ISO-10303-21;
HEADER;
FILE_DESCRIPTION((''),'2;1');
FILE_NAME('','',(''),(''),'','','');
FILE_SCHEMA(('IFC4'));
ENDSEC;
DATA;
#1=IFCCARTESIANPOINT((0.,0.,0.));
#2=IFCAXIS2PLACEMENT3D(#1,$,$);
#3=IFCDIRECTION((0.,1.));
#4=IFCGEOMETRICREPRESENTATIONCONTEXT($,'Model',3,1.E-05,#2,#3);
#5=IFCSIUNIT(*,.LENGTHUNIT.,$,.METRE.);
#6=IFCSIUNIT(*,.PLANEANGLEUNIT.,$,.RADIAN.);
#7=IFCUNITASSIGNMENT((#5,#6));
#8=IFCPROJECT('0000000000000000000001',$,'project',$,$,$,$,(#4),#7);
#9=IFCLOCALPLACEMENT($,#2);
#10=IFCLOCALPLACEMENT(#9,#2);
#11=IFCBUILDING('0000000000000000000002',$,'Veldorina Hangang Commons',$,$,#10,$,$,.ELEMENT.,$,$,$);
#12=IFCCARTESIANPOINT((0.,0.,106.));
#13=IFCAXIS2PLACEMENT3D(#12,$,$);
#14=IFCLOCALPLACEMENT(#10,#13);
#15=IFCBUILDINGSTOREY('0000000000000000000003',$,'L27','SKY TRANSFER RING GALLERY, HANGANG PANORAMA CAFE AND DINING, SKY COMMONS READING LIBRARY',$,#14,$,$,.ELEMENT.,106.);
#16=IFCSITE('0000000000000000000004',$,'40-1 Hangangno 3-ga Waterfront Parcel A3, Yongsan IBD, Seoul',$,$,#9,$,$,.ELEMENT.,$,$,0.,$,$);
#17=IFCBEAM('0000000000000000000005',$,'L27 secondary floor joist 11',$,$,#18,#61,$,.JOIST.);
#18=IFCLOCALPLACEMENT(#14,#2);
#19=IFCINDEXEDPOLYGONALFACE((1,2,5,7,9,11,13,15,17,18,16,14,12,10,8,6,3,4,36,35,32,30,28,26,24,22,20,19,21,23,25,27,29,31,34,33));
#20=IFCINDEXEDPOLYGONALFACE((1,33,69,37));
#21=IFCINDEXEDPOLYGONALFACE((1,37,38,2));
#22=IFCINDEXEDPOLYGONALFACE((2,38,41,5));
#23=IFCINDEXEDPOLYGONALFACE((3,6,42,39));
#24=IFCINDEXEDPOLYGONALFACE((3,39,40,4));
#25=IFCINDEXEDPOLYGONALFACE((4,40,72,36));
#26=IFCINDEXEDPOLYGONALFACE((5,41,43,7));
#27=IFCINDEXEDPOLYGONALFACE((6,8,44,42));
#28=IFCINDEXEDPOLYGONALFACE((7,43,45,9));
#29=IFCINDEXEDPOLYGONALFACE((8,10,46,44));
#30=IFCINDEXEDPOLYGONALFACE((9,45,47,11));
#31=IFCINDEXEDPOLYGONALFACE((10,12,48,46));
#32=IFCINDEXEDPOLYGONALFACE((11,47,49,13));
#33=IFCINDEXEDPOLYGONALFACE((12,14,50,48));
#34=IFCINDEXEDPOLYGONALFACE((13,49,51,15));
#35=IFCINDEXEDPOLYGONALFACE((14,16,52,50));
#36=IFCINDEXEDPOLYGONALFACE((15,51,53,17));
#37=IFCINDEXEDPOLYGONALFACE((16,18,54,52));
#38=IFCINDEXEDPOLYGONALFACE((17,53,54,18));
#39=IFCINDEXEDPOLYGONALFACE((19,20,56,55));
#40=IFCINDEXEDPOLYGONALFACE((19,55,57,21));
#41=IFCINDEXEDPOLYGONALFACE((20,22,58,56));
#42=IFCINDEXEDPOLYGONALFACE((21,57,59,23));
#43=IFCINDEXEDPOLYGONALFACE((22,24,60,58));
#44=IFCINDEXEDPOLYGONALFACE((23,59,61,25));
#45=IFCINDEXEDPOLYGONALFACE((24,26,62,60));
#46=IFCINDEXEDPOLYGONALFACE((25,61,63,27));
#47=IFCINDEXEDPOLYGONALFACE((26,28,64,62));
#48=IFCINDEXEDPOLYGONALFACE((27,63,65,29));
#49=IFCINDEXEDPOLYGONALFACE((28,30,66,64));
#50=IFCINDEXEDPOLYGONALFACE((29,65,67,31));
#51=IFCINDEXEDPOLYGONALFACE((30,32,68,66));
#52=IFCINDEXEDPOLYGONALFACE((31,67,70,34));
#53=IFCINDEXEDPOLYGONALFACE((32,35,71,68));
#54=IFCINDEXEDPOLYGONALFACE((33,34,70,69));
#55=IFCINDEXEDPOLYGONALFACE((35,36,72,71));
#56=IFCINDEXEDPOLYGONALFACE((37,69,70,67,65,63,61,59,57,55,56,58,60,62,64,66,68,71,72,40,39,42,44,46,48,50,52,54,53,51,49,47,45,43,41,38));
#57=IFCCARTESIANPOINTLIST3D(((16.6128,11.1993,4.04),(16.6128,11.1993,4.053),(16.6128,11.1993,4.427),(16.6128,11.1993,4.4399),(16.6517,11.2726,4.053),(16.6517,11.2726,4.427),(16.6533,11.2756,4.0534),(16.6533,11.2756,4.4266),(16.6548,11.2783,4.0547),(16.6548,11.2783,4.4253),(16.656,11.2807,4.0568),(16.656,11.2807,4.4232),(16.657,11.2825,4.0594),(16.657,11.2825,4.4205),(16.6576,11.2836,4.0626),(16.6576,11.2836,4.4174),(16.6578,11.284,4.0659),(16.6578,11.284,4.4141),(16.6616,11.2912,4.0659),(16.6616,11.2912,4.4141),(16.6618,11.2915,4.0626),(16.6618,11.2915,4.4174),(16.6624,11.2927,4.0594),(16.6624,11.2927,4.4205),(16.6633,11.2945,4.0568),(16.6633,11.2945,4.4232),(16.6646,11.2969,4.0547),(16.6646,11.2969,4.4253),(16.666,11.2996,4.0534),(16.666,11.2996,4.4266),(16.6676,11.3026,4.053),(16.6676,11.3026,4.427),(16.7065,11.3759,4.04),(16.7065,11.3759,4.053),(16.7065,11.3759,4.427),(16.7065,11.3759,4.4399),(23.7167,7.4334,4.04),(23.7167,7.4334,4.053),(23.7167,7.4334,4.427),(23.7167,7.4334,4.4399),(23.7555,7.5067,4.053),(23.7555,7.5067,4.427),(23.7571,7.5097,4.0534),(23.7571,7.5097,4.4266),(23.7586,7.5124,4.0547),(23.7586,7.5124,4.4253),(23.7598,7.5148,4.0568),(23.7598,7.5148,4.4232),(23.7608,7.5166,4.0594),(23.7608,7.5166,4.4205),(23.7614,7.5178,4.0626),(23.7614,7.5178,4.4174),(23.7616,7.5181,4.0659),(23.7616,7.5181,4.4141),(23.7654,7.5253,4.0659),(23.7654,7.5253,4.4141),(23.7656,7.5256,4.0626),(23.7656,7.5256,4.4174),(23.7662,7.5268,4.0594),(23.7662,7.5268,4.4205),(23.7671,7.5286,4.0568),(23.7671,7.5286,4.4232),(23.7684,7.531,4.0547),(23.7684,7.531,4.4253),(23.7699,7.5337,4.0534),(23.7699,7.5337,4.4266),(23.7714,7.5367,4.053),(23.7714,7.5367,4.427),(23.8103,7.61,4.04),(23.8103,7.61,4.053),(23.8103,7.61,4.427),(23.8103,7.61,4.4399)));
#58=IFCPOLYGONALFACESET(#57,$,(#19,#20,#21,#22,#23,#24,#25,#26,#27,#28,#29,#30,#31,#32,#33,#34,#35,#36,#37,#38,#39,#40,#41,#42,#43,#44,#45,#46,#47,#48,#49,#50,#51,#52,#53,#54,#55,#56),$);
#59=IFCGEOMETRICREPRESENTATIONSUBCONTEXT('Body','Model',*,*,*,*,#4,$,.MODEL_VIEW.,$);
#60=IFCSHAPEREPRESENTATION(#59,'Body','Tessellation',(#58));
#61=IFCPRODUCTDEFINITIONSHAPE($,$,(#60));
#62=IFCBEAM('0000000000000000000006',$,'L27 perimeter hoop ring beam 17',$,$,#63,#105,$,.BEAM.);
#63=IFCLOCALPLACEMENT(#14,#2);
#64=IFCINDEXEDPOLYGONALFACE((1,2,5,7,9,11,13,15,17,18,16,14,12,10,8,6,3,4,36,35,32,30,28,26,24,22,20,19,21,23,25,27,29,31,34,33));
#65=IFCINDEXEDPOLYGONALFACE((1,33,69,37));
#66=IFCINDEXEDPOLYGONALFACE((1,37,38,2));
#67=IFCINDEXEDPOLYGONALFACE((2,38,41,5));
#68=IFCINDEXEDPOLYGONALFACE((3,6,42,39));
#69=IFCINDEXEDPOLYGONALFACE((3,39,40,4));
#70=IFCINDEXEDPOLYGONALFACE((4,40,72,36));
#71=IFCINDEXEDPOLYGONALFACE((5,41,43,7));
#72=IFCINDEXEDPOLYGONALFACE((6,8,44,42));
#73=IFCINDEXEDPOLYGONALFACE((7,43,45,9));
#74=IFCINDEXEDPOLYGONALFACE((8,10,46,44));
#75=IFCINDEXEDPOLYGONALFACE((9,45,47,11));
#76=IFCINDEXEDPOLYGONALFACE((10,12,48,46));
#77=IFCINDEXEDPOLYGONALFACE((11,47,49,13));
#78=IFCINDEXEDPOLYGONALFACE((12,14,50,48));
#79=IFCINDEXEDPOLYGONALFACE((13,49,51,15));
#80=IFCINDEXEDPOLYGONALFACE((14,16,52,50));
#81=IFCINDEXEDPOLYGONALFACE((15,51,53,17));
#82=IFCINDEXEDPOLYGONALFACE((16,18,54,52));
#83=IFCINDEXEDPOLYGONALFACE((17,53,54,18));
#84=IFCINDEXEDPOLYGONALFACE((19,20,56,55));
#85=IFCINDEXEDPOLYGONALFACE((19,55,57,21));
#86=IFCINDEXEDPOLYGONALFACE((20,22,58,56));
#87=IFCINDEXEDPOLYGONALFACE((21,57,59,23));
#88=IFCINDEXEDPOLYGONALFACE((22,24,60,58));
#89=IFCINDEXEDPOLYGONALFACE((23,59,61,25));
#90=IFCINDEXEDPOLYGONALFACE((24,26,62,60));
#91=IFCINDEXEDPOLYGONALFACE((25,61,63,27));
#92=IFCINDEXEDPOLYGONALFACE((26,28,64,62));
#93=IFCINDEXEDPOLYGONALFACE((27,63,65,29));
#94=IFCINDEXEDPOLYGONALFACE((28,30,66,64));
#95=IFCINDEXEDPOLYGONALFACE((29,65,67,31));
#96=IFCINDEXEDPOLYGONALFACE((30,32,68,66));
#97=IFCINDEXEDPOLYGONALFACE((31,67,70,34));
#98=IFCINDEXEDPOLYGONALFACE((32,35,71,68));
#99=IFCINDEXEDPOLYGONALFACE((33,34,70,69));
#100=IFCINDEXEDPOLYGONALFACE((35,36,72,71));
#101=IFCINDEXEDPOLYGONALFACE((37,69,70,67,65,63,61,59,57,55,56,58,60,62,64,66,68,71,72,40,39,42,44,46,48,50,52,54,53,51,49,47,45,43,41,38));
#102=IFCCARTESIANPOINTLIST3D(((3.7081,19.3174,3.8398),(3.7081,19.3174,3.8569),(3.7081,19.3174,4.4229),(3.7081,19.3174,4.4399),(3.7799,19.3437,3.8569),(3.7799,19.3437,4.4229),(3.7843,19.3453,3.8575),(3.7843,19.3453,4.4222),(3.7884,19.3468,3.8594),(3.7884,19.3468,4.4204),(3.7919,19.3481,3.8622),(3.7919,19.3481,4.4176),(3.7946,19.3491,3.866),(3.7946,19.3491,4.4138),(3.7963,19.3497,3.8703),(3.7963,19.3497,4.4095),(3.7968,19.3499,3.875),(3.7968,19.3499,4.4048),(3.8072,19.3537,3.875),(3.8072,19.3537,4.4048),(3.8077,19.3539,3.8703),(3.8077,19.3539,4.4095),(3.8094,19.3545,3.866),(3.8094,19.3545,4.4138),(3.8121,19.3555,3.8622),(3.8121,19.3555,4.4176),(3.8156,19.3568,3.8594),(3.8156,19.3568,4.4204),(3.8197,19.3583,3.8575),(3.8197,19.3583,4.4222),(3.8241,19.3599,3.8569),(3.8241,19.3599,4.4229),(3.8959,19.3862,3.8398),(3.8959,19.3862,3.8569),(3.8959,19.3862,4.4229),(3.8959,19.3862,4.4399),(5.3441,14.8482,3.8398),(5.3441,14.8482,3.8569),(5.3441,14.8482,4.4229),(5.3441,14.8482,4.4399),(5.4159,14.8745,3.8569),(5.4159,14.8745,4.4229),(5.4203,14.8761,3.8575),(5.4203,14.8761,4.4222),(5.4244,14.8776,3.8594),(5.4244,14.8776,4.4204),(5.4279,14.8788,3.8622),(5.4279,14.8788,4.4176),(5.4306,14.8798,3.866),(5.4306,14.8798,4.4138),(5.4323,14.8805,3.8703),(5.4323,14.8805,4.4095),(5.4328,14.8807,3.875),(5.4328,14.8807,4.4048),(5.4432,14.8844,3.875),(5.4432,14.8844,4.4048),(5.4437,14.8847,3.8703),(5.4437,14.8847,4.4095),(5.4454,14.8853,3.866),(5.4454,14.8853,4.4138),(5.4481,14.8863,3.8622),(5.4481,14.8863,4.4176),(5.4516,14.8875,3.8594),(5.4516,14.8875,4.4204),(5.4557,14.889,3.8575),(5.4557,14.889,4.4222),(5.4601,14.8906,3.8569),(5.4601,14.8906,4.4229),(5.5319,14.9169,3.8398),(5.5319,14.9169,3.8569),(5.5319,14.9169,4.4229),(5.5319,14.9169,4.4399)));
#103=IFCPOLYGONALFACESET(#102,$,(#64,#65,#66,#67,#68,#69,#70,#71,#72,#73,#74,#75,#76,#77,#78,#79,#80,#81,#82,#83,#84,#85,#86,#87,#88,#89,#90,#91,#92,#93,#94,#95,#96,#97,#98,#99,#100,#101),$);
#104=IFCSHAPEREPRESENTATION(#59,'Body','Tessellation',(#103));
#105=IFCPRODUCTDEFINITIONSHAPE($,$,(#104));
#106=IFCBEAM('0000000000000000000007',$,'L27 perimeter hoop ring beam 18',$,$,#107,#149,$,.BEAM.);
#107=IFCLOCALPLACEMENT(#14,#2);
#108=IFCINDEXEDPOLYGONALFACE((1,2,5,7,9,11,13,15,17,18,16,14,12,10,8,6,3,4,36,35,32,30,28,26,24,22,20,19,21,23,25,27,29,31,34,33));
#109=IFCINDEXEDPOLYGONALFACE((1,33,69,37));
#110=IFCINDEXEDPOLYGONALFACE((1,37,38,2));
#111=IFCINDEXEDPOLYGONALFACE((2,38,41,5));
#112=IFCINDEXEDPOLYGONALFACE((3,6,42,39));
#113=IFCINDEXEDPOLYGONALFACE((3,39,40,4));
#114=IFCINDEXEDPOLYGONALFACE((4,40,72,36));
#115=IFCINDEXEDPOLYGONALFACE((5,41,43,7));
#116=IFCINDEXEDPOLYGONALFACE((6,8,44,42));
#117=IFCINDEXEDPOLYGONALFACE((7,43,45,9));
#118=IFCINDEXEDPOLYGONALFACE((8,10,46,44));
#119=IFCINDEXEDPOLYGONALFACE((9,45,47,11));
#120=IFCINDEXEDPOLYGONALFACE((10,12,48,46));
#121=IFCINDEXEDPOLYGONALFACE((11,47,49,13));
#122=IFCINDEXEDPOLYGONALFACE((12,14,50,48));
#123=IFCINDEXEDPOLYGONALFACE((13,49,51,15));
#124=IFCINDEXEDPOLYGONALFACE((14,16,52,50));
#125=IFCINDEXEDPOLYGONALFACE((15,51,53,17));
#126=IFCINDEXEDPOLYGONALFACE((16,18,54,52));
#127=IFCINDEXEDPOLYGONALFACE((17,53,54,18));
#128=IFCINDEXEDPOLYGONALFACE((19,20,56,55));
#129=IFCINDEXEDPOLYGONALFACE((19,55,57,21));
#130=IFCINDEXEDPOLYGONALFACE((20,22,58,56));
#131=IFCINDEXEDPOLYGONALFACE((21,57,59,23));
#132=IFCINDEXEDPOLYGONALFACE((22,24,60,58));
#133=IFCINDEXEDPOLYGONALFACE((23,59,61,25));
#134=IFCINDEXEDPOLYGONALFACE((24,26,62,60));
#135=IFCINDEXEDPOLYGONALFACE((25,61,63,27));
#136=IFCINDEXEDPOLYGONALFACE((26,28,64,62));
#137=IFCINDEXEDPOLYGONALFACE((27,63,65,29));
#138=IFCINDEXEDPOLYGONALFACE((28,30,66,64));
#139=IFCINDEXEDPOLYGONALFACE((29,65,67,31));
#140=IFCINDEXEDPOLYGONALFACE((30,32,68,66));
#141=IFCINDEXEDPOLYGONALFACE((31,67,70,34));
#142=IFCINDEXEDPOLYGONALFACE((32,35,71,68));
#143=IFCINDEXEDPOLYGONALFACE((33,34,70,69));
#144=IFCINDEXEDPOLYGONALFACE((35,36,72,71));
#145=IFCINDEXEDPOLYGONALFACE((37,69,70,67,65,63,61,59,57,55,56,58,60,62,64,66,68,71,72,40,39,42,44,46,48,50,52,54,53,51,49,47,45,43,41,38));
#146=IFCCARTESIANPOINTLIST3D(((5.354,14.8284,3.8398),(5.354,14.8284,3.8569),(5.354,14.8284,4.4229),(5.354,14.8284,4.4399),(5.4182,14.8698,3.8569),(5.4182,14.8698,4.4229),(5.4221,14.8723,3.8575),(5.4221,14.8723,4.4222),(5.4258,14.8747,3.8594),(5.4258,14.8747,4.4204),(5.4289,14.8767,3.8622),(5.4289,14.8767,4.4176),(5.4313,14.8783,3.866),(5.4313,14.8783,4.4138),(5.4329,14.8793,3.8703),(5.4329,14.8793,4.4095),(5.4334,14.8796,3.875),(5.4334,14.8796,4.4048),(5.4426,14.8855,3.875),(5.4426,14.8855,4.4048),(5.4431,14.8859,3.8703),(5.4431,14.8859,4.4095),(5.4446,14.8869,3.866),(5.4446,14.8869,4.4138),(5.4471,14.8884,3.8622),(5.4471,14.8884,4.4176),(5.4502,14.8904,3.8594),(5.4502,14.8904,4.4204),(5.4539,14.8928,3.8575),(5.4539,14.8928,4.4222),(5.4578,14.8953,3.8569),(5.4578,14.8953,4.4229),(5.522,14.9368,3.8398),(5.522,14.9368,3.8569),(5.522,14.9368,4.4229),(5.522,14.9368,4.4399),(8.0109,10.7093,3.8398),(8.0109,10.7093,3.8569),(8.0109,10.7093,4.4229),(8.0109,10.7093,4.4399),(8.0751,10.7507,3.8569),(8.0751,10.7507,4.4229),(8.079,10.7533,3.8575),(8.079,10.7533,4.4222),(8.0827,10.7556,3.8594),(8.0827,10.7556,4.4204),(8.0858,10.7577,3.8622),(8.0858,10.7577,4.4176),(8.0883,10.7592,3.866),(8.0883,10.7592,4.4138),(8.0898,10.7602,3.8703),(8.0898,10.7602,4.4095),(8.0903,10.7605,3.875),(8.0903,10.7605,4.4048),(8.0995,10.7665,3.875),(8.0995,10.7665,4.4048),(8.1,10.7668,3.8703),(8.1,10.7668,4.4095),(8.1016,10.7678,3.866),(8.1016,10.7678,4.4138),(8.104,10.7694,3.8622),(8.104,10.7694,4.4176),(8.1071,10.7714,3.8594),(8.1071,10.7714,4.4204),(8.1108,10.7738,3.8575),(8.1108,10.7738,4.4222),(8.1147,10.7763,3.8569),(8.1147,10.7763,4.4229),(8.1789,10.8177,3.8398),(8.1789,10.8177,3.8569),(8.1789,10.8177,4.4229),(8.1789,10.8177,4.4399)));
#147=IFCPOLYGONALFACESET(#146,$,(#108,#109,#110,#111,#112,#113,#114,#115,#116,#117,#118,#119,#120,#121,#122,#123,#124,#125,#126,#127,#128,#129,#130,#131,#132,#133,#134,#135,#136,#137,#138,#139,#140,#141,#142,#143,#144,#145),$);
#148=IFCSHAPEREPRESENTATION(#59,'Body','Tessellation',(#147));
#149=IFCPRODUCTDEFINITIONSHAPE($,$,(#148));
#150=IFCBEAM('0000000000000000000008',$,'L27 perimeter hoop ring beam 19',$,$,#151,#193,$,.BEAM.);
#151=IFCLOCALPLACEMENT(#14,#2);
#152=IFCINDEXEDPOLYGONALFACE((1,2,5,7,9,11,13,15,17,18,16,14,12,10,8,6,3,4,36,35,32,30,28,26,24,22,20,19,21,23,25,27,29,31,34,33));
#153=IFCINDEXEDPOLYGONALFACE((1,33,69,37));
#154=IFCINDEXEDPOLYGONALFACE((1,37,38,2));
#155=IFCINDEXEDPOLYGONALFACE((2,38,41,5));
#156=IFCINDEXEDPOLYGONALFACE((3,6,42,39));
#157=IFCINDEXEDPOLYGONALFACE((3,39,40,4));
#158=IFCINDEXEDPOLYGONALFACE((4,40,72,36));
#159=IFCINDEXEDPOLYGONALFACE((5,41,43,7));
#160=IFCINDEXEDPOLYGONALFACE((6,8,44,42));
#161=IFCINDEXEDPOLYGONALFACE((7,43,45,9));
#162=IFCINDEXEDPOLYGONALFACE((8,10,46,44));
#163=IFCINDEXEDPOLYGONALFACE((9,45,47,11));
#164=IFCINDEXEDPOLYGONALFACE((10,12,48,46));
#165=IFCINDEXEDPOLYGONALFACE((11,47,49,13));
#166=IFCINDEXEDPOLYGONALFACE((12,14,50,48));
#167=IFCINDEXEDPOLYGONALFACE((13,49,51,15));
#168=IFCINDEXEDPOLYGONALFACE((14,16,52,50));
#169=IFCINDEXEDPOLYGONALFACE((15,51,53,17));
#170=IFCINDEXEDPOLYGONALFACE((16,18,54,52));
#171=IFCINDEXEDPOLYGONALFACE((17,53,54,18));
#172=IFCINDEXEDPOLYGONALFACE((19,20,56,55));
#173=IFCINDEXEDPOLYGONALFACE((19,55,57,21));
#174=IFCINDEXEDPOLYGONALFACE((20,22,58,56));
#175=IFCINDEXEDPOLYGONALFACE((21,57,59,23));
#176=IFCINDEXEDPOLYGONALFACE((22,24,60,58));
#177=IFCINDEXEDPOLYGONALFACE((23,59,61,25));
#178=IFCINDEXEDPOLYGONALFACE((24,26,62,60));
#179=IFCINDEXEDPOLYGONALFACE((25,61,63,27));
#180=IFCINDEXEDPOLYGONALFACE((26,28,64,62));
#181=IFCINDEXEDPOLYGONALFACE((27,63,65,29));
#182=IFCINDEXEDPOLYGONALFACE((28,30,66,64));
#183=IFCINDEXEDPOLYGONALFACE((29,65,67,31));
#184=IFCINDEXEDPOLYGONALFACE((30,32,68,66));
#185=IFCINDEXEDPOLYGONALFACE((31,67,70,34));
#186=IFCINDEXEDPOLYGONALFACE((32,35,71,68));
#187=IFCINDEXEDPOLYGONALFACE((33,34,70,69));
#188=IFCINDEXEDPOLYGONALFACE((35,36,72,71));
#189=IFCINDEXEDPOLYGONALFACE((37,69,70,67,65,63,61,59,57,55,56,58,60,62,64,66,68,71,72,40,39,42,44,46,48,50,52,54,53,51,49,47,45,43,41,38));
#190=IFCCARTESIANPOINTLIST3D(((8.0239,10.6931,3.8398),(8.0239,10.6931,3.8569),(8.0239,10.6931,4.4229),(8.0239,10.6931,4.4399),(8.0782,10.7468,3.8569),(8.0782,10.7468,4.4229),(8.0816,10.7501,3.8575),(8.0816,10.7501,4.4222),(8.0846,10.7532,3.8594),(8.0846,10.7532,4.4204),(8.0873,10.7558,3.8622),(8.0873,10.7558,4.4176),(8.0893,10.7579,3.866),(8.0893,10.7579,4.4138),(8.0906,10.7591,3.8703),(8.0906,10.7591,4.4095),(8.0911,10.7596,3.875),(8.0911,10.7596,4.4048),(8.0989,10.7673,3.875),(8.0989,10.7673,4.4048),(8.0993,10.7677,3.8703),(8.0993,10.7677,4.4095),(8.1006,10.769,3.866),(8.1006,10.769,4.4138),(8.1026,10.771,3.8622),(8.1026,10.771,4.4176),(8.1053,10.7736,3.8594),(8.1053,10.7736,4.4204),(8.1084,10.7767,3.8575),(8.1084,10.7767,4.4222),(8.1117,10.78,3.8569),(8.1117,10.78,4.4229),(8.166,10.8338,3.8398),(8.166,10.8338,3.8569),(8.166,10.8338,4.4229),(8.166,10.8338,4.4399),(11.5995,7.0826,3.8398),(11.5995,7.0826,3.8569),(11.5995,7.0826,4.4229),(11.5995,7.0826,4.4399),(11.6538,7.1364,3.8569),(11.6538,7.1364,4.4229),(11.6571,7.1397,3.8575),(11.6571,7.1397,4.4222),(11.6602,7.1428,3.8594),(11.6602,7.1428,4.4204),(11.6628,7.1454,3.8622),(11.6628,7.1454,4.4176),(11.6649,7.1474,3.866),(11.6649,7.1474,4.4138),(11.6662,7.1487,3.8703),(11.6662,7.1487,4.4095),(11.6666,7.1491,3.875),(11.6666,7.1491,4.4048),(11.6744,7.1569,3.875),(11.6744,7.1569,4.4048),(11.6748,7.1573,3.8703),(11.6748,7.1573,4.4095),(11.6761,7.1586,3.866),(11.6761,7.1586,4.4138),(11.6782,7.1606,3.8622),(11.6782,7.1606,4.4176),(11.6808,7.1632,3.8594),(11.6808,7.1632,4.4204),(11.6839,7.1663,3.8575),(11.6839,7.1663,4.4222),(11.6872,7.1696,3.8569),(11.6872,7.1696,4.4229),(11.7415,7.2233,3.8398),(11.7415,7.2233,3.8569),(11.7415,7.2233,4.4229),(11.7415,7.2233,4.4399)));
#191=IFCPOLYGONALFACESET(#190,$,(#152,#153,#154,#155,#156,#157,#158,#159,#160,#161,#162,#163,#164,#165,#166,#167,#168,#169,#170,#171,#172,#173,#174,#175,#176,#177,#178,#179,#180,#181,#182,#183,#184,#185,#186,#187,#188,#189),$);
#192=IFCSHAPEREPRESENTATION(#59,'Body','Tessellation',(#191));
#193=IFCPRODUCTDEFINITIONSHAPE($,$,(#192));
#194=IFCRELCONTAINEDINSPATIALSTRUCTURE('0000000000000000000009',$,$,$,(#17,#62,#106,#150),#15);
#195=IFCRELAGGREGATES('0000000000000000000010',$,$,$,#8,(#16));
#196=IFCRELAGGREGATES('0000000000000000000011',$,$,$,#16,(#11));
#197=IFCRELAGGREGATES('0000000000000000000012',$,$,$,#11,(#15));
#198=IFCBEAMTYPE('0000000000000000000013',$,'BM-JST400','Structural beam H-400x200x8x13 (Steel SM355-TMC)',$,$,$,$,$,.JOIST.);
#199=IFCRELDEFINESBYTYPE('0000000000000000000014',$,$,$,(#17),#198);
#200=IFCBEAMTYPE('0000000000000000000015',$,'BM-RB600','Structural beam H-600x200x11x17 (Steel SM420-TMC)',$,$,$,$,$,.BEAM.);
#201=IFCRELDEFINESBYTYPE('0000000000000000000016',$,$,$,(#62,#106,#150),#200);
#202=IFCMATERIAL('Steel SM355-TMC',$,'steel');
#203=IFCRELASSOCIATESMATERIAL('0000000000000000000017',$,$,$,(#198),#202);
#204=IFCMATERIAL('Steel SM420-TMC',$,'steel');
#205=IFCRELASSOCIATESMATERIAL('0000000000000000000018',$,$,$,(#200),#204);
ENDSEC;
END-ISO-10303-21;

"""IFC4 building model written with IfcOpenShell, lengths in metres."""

from ifc_helpers import new_model, si_unit, direction, frame, origin, origin_2d, place, context, subcontext, project, spatial, i_section, extrude, material, material_profile, profile_set, type_object, element, save


model = new_model("IFC4")

# Units and contexts
model_context = context("Model", 3, precision=1e-05, world=origin(), true_north=direction((0.0, 1.0)))
body_context = subcontext(model_context, "Body", "Model", "MODEL_VIEW")
ifc_project = project(units=[si_unit("LENGTHUNIT", "METRE"), si_unit("PLANEANGLEUNIT", "RADIAN")], contexts=[model_context])

# Site, building, storey
site_placement = place(None, origin())
site = spatial("IfcSite", under=ifc_project, at=site_placement, Name="40-1 Hangangno 3-ga Waterfront Parcel A3, Yongsan IBD, Seoul", CompositionType="ELEMENT", RefElevation=0.0)
building_placement = place(site_placement, origin())
building = spatial("IfcBuilding", under=site, at=building_placement, Name="Veldorina Hangang Commons", CompositionType="ELEMENT")
storey_placement = place(building_placement, frame((0.0, 0.0, 106.0)))
storey = spatial("IfcBuildingStorey", under=building, at=storey_placement, Name="L27", Description="SKY TRANSFER RING GALLERY, HANGANG PANORAMA CAFE AND DINING, SKY COMMONS READING LIBRARY", CompositionType="ELEMENT", Elevation=106.0)

# Beams
ifc_material_1 = material(Name="Steel SM355-TMC", Category="steel")
ifc_material_profile_1 = material_profile(ifc_material_1, i_section(OverallWidth=0.2, OverallDepth=0.3999, WebThickness=0.0081, FlangeThickness=0.0129, FilletRadius=0.0129, at=origin_2d()), Name="H-400x200x8x13")
ifc_profile_set_1 = profile_set([ifc_material_profile_1], Name="Steel SM355-TMC")
beam_type_1 = type_object("IfcBeamType", Name="BM-JST400", Description="Structural beam H-400x200x8x13 (Steel SM355-TMC)", PredefinedType="JOIST", material=ifc_profile_set_1)
beam_1_placement = place(storey_placement, frame((16.6597, 11.2876, 4.24), z_axis=(0.883528, -0.468379, 0.0), x_axis=(0.468379, 0.883528, 0.0)))
element("IfcBeam", 1, at=beam_1_placement, inside=storey, type_object=beam_type_1, Name="L27 secondary floor joist 11", PredefinedType="JOIST", context=body_context, shape_type="SweptSolid", body=[
    extrude(i_section(OverallWidth=0.2, OverallDepth=0.3999, WebThickness=0.0081, FlangeThickness=0.0129, FilletRadius=0.0129, at=origin_2d()), origin(), (0.0, 0.0, 1.0), 8.0403),
])
ifc_material_2 = material(Name="Steel SM420-TMC", Category="steel")
ifc_material_profile_2 = material_profile(ifc_material_2, i_section(OverallWidth=0.2, OverallDepth=0.6001, WebThickness=0.011, FlangeThickness=0.0171, FilletRadius=0.0181, at=origin_2d()), Name="H-600x200x11x17")
ifc_profile_set_2 = profile_set([ifc_material_profile_2], Name="Steel SM420-TMC")
beam_type_2 = type_object("IfcBeamType", Name="BM-RB600", Description="Structural beam H-600x200x11x17 (Steel SM420-TMC)", PredefinedType="BEAM", material=ifc_profile_set_2)
beam_2_placement = place(storey_placement, frame((3.802, 19.3518, 4.1399), z_axis=(0.343748, -0.939062, 0.0), x_axis=(0.939062, 0.343748, 0.0)))
element("IfcBeam", 2, at=beam_2_placement, inside=storey, type_object=beam_type_2, Name="L27 perimeter hoop ring beam 17", PredefinedType="BEAM", context=body_context, shape_type="SweptSolid", body=[
    extrude(i_section(OverallWidth=0.2, OverallDepth=0.6001, WebThickness=0.011, FlangeThickness=0.0171, FilletRadius=0.0181, at=origin_2d()), origin(), (0.0, 0.0, 1.0), 4.7593),
])
beam_3_placement = place(storey_placement, frame((5.438, 14.8826, 4.1399), z_axis=(0.542051, -0.840346, 0.0), x_axis=(0.840346, 0.542051, 0.0)))
element("IfcBeam", 3, at=beam_3_placement, inside=storey, type_object=beam_type_2, Name="L27 perimeter hoop ring beam 18", PredefinedType="BEAM", context=body_context, shape_type="SweptSolid", body=[
    extrude(i_section(OverallWidth=0.2, OverallDepth=0.6001, WebThickness=0.011, FlangeThickness=0.0171, FilletRadius=0.0181, at=origin_2d()), origin(), (0.0, 0.0, 1.0), 4.9016),
])
beam_4_placement = place(storey_placement, frame((8.095, 10.7634, 4.1399), z_axis=(0.703663, -0.710534, 0.0), x_axis=(0.710534, 0.703663, 0.0)))
element("IfcBeam", 4, at=beam_4_placement, inside=storey, type_object=beam_type_2, Name="L27 perimeter hoop ring beam 19", PredefinedType="BEAM", context=body_context, shape_type="SweptSolid", body=[
    extrude(i_section(OverallWidth=0.2, OverallDepth=0.6001, WebThickness=0.011, FlangeThickness=0.0171, FilletRadius=0.0181, at=origin_2d()), origin(), (0.0, 0.0, 1.0), 5.0813),
])

save(model, "model.ifc")
